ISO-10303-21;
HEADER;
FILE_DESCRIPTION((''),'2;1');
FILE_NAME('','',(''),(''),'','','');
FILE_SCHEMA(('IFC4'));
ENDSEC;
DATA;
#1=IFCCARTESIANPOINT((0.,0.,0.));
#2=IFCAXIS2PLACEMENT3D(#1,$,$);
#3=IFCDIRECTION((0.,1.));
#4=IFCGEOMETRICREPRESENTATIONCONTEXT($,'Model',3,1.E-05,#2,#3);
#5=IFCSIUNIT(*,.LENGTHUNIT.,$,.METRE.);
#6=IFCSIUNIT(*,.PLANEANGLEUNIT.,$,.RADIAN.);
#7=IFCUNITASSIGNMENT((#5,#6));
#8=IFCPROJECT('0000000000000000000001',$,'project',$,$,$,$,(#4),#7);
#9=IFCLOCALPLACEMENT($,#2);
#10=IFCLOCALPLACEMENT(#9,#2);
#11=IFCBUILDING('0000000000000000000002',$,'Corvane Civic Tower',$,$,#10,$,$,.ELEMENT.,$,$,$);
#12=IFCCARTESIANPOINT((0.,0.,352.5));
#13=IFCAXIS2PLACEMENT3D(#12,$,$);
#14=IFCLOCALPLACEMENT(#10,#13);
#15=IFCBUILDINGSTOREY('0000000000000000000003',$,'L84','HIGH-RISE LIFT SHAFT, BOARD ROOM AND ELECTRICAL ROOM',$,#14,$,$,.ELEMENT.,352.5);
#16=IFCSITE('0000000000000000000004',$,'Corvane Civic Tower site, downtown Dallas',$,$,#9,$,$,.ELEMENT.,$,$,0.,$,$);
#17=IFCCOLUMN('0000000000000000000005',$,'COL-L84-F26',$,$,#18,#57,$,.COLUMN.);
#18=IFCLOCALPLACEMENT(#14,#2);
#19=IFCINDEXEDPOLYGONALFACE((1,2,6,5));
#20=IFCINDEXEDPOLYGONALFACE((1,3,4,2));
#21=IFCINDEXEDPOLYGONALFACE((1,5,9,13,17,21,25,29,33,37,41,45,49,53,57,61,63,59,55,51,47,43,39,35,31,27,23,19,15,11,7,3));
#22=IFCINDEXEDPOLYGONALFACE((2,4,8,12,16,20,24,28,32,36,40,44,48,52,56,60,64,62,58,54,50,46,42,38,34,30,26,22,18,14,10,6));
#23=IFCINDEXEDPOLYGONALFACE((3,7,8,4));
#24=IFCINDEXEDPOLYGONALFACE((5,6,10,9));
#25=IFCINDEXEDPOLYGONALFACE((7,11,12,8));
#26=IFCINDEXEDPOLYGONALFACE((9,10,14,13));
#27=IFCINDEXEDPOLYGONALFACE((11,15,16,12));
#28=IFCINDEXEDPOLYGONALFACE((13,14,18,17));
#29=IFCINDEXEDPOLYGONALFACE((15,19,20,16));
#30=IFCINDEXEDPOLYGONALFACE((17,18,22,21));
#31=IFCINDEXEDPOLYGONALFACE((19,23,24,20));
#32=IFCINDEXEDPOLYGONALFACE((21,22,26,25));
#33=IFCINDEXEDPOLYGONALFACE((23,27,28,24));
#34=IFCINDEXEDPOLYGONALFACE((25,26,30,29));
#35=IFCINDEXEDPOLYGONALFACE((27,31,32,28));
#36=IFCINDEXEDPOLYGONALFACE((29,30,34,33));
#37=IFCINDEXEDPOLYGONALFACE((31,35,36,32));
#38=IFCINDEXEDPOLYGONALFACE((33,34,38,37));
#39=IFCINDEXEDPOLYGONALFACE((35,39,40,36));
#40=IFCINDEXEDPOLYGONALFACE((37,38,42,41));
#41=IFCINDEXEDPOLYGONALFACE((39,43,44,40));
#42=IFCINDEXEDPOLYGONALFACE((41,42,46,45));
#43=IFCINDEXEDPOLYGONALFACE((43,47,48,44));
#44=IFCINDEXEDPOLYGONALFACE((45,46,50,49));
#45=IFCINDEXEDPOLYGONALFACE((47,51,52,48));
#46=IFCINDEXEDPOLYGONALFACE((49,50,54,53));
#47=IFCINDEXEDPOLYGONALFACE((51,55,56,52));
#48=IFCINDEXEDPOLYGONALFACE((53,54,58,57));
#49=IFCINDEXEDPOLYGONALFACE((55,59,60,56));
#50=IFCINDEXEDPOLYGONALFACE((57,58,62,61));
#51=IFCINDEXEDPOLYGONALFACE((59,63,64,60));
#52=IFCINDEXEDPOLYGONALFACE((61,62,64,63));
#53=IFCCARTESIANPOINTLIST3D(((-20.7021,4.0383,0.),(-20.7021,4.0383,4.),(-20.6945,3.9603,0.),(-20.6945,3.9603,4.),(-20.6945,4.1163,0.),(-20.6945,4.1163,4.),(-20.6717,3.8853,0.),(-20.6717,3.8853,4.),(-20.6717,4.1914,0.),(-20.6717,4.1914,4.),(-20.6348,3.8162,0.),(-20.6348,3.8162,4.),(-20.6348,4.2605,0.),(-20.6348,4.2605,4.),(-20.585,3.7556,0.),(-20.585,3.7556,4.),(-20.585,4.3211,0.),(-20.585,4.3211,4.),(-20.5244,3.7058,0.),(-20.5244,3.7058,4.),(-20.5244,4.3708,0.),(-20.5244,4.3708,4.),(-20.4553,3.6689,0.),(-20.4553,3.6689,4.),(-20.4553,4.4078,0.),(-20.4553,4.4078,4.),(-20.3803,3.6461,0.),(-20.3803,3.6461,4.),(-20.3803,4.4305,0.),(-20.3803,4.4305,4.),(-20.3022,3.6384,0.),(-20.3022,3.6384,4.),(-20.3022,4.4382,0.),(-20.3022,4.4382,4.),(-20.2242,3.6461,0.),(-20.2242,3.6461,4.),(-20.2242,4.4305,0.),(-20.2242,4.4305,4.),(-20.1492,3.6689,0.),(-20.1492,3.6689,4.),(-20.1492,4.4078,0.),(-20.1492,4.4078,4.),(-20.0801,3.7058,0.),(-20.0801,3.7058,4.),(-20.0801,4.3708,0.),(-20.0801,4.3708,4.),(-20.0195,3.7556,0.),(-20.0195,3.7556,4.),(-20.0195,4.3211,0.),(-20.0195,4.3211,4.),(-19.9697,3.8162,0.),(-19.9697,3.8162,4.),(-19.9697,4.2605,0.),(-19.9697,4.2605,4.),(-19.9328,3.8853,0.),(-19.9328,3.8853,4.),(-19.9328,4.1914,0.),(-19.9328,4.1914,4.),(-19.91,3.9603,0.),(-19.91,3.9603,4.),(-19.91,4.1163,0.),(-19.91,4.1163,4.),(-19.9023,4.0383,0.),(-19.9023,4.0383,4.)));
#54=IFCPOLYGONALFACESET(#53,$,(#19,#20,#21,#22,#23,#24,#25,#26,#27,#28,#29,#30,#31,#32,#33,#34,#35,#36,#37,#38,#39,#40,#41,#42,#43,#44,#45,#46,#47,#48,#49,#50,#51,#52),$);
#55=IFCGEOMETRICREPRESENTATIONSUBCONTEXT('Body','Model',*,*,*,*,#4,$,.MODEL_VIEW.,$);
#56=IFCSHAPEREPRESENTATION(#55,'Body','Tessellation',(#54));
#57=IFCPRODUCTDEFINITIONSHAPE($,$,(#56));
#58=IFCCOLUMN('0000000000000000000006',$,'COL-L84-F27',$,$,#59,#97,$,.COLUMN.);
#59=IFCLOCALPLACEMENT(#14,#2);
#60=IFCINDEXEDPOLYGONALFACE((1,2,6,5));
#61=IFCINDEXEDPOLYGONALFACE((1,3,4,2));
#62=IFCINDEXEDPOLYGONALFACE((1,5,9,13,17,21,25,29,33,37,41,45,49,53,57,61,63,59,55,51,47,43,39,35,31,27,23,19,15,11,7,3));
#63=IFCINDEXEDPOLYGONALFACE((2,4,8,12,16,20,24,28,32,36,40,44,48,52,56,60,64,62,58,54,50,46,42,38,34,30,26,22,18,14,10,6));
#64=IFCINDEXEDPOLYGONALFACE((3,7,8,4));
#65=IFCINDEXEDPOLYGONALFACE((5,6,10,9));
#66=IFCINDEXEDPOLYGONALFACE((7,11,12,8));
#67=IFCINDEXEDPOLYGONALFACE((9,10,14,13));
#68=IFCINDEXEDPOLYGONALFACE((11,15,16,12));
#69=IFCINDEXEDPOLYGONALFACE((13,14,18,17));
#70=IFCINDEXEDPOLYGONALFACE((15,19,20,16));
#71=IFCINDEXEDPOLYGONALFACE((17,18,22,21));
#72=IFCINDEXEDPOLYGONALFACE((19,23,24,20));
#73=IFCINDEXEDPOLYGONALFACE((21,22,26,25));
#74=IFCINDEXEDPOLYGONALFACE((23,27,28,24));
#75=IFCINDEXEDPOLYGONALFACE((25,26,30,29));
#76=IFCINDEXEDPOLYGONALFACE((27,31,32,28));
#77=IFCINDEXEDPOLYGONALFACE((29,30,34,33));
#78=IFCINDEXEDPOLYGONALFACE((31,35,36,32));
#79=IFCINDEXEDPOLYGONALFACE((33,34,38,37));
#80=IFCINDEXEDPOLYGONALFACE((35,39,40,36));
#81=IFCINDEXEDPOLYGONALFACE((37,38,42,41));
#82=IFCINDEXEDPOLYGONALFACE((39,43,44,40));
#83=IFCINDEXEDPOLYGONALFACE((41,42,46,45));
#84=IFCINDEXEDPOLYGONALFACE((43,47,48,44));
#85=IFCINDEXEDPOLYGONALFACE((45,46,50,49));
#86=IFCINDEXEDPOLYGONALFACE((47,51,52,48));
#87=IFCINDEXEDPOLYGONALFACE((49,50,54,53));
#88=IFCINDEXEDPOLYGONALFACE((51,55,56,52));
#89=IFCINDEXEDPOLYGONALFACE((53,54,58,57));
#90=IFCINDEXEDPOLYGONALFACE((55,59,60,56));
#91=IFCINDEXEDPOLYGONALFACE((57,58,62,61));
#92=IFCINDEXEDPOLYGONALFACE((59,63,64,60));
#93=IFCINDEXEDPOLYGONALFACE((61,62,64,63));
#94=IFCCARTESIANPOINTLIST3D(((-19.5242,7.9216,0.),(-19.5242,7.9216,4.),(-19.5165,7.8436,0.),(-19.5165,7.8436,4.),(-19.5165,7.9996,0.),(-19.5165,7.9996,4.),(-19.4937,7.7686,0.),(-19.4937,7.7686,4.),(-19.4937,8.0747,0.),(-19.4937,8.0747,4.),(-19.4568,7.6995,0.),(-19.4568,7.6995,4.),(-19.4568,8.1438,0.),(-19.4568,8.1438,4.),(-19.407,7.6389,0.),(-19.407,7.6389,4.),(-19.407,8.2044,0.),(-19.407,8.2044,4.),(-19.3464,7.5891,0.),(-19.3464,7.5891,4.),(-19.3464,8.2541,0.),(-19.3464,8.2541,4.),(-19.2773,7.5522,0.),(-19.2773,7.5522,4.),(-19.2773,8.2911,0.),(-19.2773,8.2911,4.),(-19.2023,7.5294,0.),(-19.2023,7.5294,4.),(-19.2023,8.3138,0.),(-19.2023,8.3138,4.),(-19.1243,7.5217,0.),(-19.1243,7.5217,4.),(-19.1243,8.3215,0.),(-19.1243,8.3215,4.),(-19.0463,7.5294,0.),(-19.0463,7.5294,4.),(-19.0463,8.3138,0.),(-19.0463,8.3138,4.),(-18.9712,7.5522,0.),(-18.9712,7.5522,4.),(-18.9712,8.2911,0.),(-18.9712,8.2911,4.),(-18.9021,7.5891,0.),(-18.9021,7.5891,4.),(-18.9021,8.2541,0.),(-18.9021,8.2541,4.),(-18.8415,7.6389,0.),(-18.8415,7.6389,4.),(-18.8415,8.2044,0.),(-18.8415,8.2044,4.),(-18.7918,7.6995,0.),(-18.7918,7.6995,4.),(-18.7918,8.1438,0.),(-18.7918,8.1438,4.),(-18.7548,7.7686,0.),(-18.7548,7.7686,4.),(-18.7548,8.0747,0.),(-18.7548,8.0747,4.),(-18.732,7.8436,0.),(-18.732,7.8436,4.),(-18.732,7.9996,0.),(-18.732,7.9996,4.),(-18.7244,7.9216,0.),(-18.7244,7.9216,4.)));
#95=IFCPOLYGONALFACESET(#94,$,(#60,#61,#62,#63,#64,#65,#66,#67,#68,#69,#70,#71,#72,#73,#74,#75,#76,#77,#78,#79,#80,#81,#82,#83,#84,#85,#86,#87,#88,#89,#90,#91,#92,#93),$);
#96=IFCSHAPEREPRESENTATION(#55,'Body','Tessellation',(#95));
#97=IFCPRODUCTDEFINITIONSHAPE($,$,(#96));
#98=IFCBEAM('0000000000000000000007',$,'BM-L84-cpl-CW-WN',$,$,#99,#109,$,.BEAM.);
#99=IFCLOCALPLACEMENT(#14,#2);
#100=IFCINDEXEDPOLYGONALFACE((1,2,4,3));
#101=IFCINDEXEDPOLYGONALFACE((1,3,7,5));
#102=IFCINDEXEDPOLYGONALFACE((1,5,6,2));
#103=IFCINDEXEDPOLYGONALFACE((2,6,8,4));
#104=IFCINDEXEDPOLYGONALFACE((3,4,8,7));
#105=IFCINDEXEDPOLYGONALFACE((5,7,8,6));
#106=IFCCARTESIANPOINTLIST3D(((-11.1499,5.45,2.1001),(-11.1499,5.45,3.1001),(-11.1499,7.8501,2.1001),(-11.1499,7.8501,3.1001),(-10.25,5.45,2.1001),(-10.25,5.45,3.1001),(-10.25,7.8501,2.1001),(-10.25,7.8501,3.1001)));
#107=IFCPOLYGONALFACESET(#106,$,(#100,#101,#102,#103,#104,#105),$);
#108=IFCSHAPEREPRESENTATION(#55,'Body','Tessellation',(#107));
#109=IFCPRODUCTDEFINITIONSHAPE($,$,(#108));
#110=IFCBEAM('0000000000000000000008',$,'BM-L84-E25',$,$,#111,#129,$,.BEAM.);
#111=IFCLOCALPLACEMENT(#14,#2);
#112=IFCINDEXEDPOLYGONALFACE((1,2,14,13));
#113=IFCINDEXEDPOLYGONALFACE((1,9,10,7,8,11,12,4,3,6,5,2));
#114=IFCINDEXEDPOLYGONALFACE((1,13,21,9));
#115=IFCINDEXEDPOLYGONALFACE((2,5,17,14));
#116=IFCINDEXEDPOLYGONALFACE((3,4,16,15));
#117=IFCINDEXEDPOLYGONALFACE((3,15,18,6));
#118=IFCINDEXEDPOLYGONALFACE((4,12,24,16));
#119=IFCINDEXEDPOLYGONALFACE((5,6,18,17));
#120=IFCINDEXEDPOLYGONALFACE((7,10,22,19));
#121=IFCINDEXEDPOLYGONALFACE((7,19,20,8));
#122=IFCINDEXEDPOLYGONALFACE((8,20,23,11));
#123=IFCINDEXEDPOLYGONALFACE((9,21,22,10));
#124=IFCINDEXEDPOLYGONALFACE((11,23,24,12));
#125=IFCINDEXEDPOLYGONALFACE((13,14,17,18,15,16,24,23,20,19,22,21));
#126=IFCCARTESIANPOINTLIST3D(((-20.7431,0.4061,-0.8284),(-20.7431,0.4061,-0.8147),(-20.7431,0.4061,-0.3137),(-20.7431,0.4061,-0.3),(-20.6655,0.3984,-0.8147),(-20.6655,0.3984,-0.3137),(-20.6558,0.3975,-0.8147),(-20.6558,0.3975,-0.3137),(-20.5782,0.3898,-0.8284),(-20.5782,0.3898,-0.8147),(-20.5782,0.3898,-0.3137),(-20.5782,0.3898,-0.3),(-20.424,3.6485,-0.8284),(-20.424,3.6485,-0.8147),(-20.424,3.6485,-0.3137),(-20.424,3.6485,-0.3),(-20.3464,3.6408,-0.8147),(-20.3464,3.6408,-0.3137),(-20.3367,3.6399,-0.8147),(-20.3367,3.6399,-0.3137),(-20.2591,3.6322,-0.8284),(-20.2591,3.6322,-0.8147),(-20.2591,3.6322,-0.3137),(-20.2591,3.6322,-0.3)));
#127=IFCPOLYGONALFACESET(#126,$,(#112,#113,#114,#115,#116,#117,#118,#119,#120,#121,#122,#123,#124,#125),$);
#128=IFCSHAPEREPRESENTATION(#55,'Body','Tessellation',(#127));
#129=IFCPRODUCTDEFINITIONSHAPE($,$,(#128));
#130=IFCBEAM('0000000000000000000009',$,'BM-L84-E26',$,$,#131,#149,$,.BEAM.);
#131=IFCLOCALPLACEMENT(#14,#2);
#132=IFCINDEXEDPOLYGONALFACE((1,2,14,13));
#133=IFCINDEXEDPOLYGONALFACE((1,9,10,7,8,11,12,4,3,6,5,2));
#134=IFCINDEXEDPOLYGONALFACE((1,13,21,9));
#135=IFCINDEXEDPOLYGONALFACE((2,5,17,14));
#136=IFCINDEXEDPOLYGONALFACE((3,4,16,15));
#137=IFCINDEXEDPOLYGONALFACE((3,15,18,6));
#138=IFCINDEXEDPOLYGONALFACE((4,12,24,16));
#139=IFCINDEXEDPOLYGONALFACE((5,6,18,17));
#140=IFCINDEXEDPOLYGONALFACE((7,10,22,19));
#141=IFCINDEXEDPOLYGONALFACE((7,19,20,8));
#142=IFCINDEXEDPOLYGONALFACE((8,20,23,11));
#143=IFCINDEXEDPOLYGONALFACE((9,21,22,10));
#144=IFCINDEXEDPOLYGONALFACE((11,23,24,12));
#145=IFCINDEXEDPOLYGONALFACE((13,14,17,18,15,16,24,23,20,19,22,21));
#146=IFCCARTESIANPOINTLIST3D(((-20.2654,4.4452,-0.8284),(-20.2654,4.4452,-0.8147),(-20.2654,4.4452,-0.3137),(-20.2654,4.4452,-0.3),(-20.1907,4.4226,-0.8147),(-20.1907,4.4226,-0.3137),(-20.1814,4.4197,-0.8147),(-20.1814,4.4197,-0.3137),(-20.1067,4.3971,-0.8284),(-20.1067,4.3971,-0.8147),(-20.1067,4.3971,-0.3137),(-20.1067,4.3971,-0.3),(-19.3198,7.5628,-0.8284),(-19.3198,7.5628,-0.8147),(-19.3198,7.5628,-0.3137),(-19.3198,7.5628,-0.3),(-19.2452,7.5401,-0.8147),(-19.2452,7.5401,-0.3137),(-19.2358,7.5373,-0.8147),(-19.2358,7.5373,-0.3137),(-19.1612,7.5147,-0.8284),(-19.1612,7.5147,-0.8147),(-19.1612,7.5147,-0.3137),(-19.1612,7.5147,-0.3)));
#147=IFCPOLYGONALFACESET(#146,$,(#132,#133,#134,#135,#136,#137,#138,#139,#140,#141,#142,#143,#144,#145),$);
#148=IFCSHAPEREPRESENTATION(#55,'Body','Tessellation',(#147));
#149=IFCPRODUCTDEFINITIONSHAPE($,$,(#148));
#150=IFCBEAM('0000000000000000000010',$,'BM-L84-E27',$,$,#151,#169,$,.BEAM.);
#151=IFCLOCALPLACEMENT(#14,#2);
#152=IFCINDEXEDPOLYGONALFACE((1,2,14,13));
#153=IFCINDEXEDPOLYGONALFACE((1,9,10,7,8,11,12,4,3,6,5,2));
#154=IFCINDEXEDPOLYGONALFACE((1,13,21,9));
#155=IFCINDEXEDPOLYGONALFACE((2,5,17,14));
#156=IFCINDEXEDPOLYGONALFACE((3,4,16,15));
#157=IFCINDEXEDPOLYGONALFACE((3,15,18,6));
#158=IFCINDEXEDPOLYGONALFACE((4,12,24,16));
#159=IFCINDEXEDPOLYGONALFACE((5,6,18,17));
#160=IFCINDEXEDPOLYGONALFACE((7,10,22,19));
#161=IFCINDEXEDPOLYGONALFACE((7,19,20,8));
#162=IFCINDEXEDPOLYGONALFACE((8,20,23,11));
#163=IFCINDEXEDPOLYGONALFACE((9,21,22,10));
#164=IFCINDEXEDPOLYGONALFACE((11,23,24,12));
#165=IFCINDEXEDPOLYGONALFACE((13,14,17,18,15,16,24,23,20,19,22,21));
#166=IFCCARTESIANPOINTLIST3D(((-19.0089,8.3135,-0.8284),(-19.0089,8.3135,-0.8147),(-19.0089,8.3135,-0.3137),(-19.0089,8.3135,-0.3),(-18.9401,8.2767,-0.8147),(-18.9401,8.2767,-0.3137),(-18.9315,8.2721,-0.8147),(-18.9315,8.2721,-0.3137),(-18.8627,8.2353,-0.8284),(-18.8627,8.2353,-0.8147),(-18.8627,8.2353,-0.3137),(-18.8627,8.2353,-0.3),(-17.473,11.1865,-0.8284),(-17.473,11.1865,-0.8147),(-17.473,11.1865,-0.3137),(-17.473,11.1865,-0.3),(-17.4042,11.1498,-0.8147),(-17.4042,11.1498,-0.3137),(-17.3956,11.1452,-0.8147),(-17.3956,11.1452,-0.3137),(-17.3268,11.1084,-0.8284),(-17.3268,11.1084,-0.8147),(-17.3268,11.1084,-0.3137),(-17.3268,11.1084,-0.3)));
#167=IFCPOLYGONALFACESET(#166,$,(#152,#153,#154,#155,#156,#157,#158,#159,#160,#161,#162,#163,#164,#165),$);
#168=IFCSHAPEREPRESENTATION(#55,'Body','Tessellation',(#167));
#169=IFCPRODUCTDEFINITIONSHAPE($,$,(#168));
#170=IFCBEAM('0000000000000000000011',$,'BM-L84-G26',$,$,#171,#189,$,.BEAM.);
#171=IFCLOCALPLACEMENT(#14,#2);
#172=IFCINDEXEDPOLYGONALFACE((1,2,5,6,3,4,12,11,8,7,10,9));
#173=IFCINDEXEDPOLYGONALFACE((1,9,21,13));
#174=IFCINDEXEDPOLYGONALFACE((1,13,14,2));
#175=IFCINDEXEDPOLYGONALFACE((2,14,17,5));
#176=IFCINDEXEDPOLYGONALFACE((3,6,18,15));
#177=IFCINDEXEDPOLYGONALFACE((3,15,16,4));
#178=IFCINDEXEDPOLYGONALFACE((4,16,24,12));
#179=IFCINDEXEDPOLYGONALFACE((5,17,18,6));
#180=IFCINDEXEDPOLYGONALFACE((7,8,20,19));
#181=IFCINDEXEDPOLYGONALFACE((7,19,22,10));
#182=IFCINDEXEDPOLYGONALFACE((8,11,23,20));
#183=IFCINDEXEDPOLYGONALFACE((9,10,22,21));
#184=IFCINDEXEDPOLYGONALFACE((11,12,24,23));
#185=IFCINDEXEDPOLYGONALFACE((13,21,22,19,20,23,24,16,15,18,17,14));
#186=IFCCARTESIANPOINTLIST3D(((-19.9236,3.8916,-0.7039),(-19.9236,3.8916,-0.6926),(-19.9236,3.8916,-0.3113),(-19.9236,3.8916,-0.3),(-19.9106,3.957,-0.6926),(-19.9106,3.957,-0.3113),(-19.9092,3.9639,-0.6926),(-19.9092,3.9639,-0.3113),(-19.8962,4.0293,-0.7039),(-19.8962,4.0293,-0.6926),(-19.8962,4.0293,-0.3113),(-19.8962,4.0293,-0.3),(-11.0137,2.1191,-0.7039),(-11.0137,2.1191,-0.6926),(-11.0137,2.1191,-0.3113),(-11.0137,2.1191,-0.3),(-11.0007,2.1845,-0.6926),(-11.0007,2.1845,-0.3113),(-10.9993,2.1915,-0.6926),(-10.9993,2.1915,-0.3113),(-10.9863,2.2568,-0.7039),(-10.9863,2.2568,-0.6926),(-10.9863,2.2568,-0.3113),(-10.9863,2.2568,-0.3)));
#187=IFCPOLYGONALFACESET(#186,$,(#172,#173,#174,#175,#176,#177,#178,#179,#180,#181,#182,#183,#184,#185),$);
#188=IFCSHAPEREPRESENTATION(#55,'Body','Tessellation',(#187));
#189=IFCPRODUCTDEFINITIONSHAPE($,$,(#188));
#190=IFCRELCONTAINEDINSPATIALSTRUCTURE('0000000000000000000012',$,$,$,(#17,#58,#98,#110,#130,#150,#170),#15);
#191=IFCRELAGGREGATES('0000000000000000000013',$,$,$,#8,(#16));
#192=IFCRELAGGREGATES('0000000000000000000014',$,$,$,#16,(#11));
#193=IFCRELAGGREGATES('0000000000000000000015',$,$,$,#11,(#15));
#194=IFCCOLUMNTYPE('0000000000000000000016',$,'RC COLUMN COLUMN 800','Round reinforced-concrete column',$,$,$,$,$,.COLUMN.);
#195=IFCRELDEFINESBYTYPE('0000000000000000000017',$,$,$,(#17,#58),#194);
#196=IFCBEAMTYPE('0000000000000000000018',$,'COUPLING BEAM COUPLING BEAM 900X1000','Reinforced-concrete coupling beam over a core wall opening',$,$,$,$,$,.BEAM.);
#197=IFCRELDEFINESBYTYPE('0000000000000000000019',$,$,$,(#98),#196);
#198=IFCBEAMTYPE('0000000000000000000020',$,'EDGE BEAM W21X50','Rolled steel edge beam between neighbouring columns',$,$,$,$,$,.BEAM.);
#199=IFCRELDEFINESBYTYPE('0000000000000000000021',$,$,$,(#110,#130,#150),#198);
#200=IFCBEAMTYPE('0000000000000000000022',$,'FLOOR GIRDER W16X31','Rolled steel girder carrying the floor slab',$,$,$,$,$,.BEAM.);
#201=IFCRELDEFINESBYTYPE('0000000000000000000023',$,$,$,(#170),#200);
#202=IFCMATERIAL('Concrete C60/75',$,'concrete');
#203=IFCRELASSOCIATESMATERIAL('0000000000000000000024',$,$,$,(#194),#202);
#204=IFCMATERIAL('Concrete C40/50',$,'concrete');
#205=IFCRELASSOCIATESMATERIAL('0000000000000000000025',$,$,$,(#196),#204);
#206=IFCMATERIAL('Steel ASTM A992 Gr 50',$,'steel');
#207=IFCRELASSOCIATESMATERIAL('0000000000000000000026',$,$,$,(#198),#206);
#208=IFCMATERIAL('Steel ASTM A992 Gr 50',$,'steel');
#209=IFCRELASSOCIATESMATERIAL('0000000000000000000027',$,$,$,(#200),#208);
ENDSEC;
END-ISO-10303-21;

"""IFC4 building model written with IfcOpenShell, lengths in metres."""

from ifc_helpers import new_model, si_unit, direction, frame, origin, origin_2d, place, context, subcontext, project, spatial, rectangle, circle, i_section, extrude, material, material_profile, profile_set, type_object, element, save


model = new_model("IFC4")

# Units and contexts
model_context = context("Model", 3, precision=1e-05, world=origin(), true_north=direction((0.0, 1.0)))
body_context = subcontext(model_context, "Body", "Model", "MODEL_VIEW")
ifc_project = project(units=[si_unit("LENGTHUNIT", "METRE"), si_unit("PLANEANGLEUNIT", "RADIAN")], contexts=[model_context])

# Site, building, storey
site_placement = place(None, origin())
site = spatial("IfcSite", under=ifc_project, at=site_placement, Name="Corvane Civic Tower site, downtown Dallas", CompositionType="ELEMENT", RefElevation=0.0)
building_placement = place(site_placement, origin())
building = spatial("IfcBuilding", under=site, at=building_placement, Name="Corvane Civic Tower", CompositionType="ELEMENT")
storey_placement = place(building_placement, frame((0.0, 0.0, 352.5)))
storey = spatial("IfcBuildingStorey", under=building, at=storey_placement, Name="L84", Description="HIGH-RISE LIFT SHAFT, BOARD ROOM AND ELECTRICAL ROOM", CompositionType="ELEMENT", Elevation=352.5)

# Columns
ifc_material_1 = material(Name="Concrete C60/75", Category="concrete")
ifc_material_profile_1 = material_profile(ifc_material_1, circle(Radius=0.3999, at=origin_2d()), Name="COLUMN 800")
ifc_profile_set_1 = profile_set([ifc_material_profile_1], Name="Concrete C60/75")
column_type = type_object("IfcColumnType", Name="RC COLUMN COLUMN 800", Description="Round reinforced-concrete column", PredefinedType="COLUMN", material=ifc_profile_set_1)
for number, where, z_axis, x_axis, name in (
    (1, (-20.3022, 4.0383, 0.0), (0.0, 0.0, 1.0), (1.0, 0.0, 0.0), "COL-L84-F26"),
    (2, (-19.1243, 7.9216, 0.0), (0.0, 0.0, 1.0), (1.0, 0.0, 0.0), "COL-L84-F27"),
):
    element("IfcColumn", number, at=place(storey_placement, frame(where, z_axis=z_axis, x_axis=x_axis)), inside=storey, type_object=column_type, Name=name, PredefinedType="COLUMN", context=body_context, shape_type="SweptSolid", body=[
        extrude(circle(Radius=0.3999, at=origin_2d()), origin(), (0.0, 0.0, 1.0), 4.0),
    ])

# Beams
ifc_material_2 = material(Name="Concrete C40/50", Category="concrete")
ifc_material_profile_2 = material_profile(ifc_material_2, rectangle(XDim=0.8999, YDim=1.0, at=origin_2d()), Name="COUPLING BEAM 900X1000")
ifc_profile_set_2 = profile_set([ifc_material_profile_2], Name="Concrete C40/50")
beam_type_1 = type_object("IfcBeamType", Name="COUPLING BEAM COUPLING BEAM 900X1000", Description="Reinforced-concrete coupling beam over a core wall opening", PredefinedType="BEAM", material=ifc_profile_set_2)
beam_1_placement = place(storey_placement, frame((-10.7, 5.45, 2.6001), z_axis=(0.0, 1.0, 0.0), x_axis=(-1.0, 0.0, 0.0)))
element("IfcBeam", 3, at=beam_1_placement, inside=storey, type_object=beam_type_1, Name="BM-L84-cpl-CW-WN", PredefinedType="BEAM", context=body_context, shape_type="SweptSolid", body=[
    extrude(rectangle(XDim=0.8999, YDim=1.0, at=origin_2d()), origin(), (0.0, 0.0, 1.0), 2.4001),
])
ifc_material_3 = material(Name="Steel ASTM A992 Gr 50", Category="steel")
ifc_material_profile_3 = material_profile(ifc_material_3, i_section(OverallWidth=0.1658, OverallDepth=0.5283, WebThickness=0.0098, FlangeThickness=0.0137, at=origin_2d()), Name="W21X50")
ifc_profile_set_3 = profile_set([ifc_material_profile_3], Name="Steel ASTM A992 Gr 50")
beam_type_2 = type_object("IfcBeamType", Name="EDGE BEAM W21X50", Description="Rolled steel edge beam between neighbouring columns", PredefinedType="BEAM", material=ifc_profile_set_3)
beam_2_placement = place(storey_placement, frame((-20.6606, 0.3979, -0.5642), z_axis=(0.097938, 0.995193, 0.0), x_axis=(-0.995193, 0.097938, 0.0)))
element("IfcBeam", 4, at=beam_2_placement, inside=storey, type_object=beam_type_2, Name="BM-L84-E25", PredefinedType="BEAM", context=body_context, shape_type="SweptSolid", body=[
    extrude(i_section(OverallWidth=0.1658, OverallDepth=0.5283, WebThickness=0.0098, FlangeThickness=0.0137, at=origin_2d()), origin(), (0.0, 0.0, 1.0), 3.2581),
])
for number, where, z_axis, x_axis, name in (
    (5, (-20.186, 4.4211, -0.5642), (0.290234, 0.956956, 0.0), (-0.956956, 0.290234, 0.0), "BM-L84-E26"),
    (6, (-18.9358, 8.2744, -0.5642), (0.471448, 0.881894, 0.0), (-0.881894, 0.471448, 0.0), "BM-L84-E27"),
):
    element("IfcBeam", number, at=place(storey_placement, frame(where, z_axis=z_axis, x_axis=x_axis)), inside=storey, type_object=beam_type_2, Name=name, PredefinedType="BEAM", context=body_context, shape_type="SweptSolid", body=[
        extrude(i_section(OverallWidth=0.1658, OverallDepth=0.5283, WebThickness=0.0098, FlangeThickness=0.0137, at=origin_2d()), origin(), (0.0, 0.0, 1.0), 3.2578),
    ])
ifc_material_4 = material(Name="Steel ASTM A992 Gr 50", Category="steel")
ifc_material_profile_4 = material_profile(ifc_material_4, i_section(OverallWidth=0.1404, OverallDepth=0.4038, WebThickness=0.0071, FlangeThickness=0.0112, at=origin_2d()), Name="W16X31")
ifc_profile_set_4 = profile_set([ifc_material_profile_4], Name="Steel ASTM A992 Gr 50")
beam_type_3 = type_object("IfcBeamType", Name="FLOOR GIRDER W16X31", Description="Rolled steel girder carrying the floor slab", PredefinedType="BEAM", material=ifc_profile_set_4)
beam_3_placement = place(storey_placement, frame((-11.0, 2.188, -0.502), z_axis=(-0.980782, 0.195108, 0.0), x_axis=(-0.195108, -0.980782, 0.0)))
element("IfcBeam", 7, at=beam_3_placement, inside=storey, type_object=beam_type_3, Name="BM-L84-G26", PredefinedType="BEAM", context=body_context, shape_type="SweptSolid", body=[
    extrude(i_section(OverallWidth=0.1404, OverallDepth=0.4038, WebThickness=0.0071, FlangeThickness=0.0112, at=origin_2d()), origin(), (0.0, 0.0, 1.0), 9.0845),
])

save(model, "model.ifc")
